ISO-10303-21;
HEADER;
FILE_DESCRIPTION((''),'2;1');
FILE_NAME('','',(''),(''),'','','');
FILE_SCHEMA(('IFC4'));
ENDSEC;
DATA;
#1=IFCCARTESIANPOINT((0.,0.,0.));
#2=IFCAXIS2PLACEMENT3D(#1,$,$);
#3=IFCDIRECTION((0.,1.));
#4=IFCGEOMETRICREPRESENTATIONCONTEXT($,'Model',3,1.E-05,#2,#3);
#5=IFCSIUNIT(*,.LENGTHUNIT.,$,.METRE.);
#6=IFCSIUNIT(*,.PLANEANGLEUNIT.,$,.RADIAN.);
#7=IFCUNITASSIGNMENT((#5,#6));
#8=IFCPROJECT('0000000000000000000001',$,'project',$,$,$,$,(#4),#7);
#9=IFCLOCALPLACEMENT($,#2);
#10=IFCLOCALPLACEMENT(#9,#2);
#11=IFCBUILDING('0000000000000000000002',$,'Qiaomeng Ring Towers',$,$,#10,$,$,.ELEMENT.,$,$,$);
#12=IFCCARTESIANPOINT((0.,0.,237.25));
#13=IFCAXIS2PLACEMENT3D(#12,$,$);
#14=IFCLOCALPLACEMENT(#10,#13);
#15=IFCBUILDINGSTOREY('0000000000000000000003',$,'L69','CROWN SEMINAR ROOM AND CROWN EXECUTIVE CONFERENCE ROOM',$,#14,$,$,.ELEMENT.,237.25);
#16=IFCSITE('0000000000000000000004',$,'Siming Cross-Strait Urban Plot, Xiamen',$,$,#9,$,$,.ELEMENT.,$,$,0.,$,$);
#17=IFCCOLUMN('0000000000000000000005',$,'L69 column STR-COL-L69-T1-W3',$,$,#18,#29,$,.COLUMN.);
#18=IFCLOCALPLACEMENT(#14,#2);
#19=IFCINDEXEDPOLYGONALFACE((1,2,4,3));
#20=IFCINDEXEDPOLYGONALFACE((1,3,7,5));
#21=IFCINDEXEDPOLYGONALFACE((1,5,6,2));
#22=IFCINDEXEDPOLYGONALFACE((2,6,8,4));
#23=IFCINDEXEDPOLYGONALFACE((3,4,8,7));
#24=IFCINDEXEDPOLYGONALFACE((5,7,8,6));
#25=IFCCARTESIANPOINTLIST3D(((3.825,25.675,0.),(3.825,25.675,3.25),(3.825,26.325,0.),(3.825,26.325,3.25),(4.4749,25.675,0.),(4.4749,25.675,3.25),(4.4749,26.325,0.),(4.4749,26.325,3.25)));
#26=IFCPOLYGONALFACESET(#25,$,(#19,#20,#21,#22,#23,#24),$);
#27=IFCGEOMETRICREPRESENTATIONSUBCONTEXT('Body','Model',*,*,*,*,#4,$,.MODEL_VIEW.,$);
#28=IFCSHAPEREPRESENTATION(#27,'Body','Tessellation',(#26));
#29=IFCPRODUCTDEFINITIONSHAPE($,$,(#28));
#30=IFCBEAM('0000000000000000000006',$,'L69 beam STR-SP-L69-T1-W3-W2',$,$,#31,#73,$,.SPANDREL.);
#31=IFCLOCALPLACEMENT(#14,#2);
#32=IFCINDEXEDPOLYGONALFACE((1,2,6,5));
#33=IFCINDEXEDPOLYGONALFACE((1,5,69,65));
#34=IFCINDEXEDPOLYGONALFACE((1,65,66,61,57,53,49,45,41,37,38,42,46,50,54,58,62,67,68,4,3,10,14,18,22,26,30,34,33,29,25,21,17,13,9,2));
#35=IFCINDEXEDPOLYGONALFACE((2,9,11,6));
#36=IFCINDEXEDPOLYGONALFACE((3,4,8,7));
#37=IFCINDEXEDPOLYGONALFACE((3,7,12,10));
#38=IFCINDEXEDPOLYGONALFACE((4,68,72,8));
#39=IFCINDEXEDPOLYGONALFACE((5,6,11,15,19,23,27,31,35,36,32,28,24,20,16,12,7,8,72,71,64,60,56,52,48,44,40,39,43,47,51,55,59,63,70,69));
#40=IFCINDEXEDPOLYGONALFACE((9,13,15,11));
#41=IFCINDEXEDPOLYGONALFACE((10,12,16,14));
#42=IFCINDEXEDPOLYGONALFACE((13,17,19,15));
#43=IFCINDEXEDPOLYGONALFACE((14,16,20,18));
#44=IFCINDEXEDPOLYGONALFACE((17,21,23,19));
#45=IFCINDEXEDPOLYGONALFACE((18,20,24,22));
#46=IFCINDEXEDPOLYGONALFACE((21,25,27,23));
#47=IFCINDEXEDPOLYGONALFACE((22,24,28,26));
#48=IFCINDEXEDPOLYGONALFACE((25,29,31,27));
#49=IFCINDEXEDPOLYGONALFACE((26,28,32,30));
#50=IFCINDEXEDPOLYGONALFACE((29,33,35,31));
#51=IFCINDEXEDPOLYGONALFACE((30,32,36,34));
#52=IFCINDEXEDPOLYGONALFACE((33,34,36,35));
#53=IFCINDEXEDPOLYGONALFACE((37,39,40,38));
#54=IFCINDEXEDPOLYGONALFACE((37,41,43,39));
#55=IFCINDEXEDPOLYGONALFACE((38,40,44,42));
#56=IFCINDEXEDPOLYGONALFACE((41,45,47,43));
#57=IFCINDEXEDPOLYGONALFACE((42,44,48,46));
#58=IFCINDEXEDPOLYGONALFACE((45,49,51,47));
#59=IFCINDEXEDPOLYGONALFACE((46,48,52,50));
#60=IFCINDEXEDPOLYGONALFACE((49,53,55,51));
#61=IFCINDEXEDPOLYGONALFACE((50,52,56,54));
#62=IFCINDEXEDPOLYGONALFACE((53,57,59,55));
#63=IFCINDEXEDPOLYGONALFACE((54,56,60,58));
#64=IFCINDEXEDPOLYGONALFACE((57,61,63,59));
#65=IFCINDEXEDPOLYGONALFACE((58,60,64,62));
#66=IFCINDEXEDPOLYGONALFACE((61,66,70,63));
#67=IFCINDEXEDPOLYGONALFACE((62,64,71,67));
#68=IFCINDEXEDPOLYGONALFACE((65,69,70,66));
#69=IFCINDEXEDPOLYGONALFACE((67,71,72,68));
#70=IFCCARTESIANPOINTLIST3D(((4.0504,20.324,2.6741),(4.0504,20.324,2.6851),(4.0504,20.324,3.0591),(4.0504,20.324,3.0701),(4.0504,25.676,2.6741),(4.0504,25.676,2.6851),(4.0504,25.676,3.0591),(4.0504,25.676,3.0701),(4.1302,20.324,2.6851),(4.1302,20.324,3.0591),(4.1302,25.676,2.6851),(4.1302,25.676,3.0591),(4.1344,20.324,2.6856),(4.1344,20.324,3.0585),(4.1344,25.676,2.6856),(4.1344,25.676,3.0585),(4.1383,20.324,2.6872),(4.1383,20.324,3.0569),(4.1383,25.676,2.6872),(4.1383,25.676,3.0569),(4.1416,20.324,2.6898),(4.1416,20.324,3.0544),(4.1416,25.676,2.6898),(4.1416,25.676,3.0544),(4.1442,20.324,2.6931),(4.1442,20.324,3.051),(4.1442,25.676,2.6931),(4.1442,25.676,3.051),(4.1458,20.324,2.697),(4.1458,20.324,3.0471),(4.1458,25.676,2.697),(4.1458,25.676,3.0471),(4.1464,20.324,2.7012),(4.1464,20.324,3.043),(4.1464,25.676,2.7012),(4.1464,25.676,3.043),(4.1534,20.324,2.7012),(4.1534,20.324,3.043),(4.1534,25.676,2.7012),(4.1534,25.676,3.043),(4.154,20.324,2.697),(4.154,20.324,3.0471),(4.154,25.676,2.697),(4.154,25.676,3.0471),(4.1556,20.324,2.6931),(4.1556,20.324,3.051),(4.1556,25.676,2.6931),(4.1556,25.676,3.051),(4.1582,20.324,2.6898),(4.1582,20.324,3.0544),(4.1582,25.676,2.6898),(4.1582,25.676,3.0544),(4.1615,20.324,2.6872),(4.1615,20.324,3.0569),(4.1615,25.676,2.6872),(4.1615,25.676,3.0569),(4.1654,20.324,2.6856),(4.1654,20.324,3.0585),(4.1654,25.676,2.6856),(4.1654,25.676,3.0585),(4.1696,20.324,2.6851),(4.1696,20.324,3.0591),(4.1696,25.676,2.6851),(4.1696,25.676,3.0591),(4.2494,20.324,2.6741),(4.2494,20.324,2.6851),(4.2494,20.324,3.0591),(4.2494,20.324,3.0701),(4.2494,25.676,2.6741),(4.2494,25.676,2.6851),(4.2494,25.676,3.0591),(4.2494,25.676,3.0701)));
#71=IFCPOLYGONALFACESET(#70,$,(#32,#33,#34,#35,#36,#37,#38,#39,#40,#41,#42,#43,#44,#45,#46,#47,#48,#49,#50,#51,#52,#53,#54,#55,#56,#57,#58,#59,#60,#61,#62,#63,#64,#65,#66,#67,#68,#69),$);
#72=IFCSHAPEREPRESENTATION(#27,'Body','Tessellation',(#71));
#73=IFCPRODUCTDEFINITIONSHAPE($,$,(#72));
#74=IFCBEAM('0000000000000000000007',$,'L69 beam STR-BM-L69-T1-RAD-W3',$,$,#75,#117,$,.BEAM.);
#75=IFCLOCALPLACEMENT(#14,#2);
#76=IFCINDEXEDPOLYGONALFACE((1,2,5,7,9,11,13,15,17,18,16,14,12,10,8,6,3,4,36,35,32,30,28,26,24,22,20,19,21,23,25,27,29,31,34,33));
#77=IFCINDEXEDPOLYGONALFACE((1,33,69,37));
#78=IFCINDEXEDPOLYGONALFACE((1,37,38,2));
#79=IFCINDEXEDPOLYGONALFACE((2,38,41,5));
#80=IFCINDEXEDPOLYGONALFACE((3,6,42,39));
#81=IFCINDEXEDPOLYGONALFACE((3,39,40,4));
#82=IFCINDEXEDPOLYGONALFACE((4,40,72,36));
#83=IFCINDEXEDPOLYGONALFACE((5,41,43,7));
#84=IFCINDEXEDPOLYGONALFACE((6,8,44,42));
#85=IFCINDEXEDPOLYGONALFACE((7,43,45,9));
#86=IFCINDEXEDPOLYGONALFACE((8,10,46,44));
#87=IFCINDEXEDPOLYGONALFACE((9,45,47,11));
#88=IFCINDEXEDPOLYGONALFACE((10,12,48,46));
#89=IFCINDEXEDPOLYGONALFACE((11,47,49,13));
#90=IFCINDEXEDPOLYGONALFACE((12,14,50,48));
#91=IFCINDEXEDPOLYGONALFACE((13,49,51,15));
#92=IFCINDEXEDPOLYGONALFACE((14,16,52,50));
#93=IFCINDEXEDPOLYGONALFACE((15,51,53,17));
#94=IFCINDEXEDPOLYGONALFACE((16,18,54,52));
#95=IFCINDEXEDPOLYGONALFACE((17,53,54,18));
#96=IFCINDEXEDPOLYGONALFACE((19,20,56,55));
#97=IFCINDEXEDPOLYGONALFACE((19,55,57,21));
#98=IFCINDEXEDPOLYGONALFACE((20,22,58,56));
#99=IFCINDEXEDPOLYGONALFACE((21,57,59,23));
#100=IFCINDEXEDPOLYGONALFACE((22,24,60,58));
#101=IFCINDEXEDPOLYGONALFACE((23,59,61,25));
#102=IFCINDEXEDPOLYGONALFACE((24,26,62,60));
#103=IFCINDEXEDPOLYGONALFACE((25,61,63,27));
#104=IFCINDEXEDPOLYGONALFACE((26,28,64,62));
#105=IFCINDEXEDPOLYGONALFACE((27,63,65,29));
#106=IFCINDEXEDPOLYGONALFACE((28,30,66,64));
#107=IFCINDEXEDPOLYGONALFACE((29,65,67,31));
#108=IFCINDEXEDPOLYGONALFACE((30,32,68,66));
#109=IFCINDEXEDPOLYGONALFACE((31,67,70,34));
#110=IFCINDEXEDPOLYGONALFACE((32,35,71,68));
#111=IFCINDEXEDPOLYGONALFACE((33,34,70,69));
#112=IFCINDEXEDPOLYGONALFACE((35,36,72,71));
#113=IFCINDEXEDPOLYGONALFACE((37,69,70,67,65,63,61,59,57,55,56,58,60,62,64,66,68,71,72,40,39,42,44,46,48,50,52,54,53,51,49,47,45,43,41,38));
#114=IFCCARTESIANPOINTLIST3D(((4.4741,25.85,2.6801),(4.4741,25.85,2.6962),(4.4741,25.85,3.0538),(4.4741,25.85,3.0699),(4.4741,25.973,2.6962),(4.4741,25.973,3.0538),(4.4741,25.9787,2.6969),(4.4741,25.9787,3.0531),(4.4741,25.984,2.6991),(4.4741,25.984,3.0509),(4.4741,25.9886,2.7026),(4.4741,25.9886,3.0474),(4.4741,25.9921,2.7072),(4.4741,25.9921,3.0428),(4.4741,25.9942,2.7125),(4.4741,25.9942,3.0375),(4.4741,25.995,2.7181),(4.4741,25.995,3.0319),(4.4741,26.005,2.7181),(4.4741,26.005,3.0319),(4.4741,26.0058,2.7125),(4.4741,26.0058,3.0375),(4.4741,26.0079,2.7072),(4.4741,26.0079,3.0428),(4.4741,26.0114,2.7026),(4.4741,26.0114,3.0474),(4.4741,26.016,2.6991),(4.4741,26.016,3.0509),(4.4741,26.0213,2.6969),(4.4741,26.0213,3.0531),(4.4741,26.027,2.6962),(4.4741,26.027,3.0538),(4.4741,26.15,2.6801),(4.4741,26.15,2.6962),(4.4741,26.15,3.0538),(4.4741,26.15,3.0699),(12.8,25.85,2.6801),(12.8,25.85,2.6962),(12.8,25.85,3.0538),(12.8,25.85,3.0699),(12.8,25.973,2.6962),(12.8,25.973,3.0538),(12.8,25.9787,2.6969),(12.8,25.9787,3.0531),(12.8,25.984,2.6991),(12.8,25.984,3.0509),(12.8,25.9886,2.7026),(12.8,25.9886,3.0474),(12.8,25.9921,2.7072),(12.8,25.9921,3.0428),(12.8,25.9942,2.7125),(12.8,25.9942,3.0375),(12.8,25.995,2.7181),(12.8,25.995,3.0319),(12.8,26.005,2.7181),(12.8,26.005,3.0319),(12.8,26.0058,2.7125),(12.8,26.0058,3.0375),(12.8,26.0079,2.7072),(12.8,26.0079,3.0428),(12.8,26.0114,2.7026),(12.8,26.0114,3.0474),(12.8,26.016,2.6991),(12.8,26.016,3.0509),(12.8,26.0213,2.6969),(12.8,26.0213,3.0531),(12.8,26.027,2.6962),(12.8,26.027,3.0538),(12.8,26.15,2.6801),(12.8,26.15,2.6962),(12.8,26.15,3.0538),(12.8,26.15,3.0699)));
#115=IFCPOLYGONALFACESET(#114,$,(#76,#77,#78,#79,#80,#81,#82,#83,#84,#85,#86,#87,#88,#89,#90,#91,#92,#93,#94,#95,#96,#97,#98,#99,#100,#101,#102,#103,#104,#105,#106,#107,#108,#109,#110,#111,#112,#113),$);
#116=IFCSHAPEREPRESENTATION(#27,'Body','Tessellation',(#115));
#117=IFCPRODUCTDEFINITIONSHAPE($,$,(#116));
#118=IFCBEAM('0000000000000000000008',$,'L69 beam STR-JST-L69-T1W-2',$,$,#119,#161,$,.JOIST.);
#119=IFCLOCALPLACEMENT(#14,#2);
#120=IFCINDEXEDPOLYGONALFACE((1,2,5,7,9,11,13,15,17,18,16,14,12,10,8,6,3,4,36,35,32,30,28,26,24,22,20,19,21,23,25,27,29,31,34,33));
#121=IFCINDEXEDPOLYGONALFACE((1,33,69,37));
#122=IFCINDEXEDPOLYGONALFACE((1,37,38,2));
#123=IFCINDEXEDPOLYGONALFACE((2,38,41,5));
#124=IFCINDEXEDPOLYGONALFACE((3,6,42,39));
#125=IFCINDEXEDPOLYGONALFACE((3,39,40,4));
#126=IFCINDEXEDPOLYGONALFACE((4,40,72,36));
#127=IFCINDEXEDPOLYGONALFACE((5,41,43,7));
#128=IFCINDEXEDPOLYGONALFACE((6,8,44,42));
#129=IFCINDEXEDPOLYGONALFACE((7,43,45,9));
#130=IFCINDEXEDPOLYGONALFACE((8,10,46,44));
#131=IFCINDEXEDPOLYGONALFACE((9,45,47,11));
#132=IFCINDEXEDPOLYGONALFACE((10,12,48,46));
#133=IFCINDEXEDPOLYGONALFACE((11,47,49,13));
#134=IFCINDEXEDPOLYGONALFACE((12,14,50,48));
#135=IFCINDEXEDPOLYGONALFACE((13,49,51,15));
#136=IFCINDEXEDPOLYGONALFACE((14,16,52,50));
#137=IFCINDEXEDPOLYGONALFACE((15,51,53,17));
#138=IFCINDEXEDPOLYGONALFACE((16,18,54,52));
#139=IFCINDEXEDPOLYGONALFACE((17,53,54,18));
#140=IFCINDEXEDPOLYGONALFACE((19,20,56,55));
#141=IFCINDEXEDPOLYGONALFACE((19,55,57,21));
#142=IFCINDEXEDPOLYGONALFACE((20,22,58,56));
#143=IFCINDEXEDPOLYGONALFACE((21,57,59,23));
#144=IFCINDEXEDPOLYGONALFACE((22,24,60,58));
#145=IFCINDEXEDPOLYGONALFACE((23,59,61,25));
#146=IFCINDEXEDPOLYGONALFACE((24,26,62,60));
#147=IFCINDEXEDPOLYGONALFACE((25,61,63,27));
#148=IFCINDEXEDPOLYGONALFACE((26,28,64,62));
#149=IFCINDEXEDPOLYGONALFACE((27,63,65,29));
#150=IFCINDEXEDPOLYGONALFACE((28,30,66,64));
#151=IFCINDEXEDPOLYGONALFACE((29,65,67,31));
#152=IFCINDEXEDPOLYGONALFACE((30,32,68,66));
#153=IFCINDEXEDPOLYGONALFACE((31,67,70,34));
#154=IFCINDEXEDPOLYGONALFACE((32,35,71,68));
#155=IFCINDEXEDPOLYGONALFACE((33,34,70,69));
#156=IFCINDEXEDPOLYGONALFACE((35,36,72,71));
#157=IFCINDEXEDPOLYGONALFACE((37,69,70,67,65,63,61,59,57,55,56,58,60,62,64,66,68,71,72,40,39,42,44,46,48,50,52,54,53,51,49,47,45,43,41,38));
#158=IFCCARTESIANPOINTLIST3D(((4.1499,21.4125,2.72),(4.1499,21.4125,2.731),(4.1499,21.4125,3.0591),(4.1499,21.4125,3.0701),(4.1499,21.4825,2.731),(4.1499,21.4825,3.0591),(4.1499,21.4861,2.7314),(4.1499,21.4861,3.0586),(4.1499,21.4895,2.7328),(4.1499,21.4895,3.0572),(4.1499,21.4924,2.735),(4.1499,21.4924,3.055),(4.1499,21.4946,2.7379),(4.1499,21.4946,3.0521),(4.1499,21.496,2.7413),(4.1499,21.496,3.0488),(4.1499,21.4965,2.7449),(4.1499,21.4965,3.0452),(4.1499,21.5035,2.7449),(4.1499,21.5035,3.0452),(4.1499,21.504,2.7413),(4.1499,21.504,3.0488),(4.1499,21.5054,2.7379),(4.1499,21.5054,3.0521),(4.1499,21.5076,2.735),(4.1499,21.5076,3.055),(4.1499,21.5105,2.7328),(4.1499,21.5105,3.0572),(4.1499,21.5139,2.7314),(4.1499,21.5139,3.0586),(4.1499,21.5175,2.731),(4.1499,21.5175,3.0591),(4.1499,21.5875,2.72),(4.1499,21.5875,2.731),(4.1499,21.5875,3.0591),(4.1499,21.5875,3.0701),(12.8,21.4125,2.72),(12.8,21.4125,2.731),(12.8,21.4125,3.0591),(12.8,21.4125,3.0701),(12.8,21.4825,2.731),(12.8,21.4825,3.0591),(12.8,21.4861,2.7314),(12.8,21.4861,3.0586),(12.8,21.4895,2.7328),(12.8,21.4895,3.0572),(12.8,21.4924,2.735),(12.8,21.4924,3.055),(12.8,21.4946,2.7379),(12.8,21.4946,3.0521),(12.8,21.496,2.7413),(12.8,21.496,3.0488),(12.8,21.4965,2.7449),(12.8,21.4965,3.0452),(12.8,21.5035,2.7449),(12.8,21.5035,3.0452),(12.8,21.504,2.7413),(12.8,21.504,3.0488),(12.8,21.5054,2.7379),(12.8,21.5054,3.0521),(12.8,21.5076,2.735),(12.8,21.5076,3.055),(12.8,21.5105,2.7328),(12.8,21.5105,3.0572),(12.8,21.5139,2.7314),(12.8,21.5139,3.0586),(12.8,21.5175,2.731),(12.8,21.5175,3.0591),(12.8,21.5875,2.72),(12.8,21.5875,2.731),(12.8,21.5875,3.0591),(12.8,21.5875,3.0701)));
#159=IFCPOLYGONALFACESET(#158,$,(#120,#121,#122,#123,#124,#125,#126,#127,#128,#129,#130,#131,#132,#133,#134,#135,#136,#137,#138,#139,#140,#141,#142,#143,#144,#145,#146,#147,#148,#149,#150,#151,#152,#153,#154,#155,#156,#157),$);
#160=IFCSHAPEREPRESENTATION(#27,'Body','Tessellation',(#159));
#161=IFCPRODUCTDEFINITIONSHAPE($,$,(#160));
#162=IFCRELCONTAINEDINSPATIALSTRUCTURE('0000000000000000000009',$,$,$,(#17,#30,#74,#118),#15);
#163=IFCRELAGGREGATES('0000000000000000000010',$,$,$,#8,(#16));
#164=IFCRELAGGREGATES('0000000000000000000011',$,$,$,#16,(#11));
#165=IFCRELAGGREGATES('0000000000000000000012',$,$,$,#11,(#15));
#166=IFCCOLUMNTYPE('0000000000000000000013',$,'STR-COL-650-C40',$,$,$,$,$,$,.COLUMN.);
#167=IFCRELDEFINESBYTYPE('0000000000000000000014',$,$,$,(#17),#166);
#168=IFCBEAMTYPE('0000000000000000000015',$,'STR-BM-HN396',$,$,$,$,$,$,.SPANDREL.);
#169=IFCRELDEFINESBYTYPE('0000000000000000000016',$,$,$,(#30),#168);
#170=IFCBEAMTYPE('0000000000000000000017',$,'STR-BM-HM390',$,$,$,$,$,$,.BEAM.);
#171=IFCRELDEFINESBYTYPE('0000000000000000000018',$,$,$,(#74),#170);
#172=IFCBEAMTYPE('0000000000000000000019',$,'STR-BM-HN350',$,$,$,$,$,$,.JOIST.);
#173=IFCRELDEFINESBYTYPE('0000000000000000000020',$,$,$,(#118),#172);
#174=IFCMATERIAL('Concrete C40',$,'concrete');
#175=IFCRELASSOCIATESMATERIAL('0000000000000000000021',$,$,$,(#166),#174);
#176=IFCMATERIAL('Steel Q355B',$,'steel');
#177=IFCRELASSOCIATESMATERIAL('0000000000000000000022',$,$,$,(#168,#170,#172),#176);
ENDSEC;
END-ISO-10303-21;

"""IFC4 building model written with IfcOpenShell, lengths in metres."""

from ifc_helpers import new_model, si_unit, direction, frame, origin, origin_2d, place, context, subcontext, project, spatial, rectangle, i_section, extrude, source, transform, mapped, material, material_profile, profile_set, type_object, element, save


model = new_model("IFC4")

# Units and contexts
model_context = context("Model", 3, precision=1e-05, world=origin(), true_north=direction((0.0, 1.0)))
body_context = subcontext(model_context, "Body", "Model", "MODEL_VIEW")
ifc_project = project(units=[si_unit("LENGTHUNIT", "METRE"), si_unit("PLANEANGLEUNIT", "RADIAN")], contexts=[model_context])

# Site, building, storey
site_placement = place(None, origin())
site = spatial("IfcSite", under=ifc_project, at=site_placement, Name="Siming Cross-Strait Urban Plot, Xiamen", CompositionType="ELEMENT", RefElevation=0.0)
building_placement = place(site_placement, origin())
building = spatial("IfcBuilding", under=site, at=building_placement, Name="Qiaomeng Ring Towers", CompositionType="ELEMENT")
storey_placement = place(building_placement, frame((0.0, 0.0, 237.25)))
storey = spatial("IfcBuildingStorey", under=building, at=storey_placement, Name="L69", Description="CROWN SEMINAR ROOM AND CROWN EXECUTIVE CONFERENCE ROOM", CompositionType="ELEMENT", Elevation=237.25)

# Column
ifc_material_1 = material(Name="Concrete C40", Category="concrete")
ifc_material_profile_1 = material_profile(ifc_material_1, rectangle(XDim=0.6499, YDim=0.6499, at=origin_2d()), Name="RC COL 650x650")
ifc_profile_set_1 = profile_set([ifc_material_profile_1], Name="Concrete C40")
column_type = type_object("IfcColumnType", Name="STR-COL-650-C40", PredefinedType="COLUMN", material=ifc_profile_set_1)
shared_shape_1 = source(origin(), body_context, "Body", "SweptSolid", [
    extrude(rectangle(XDim=0.6499, YDim=0.6499, at=origin_2d()), origin(), (0.0, 0.0, 1.0), 3.25),
])
column_placement = place(storey_placement, frame((4.1499, 26.0, 0.0), z_axis=(0.0, 0.0, 1.0), x_axis=(1.0, 0.0, 0.0)))
element("IfcColumn", 1, at=column_placement, inside=storey, type_object=column_type, Name="L69 column STR-COL-L69-T1-W3", PredefinedType="COLUMN", context=body_context, shape_type="MappedRepresentation", body=[
    mapped(shared_shape_1, transform((0.0, 0.0, 0.0), x_axis=(1.0, 0.0, 0.0), y_axis=(0.0, 1.0, 0.0), z_axis=(0.0, 0.0, 1.0), scale=1.0)),
])

# Beams
ifc_material_2 = material(Name="Steel Q355B", Category="steel")
ifc_material_profile_2 = material_profile(ifc_material_2, i_section(OverallWidth=0.199, OverallDepth=0.396, WebThickness=0.0071, FlangeThickness=0.011, FilletRadius=0.0161, at=origin_2d()), Name="HN 396x199x7x11")
ifc_profile_set_2 = profile_set([ifc_material_profile_2], Name="Steel Q355B")
beam_type_1 = type_object("IfcBeamType", Name="STR-BM-HN396", PredefinedType="SPANDREL", material=ifc_profile_set_2)
shared_shape_2 = source(origin(), body_context, "Body", "SweptSolid", [
    extrude(i_section(OverallWidth=0.199, OverallDepth=0.396, WebThickness=0.0071, FlangeThickness=0.011, FilletRadius=0.0161, at=origin_2d()), origin(), (0.0, 0.0, 1.0), 5.3521),
])
beam_1_placement = place(storey_placement, frame((4.1499, 25.676, 2.8721), z_axis=(0.0, -1.0, 0.0), x_axis=(1.0, 0.0, 0.0)))
element("IfcBeam", 2, at=beam_1_placement, inside=storey, type_object=beam_type_1, Name="L69 beam STR-SP-L69-T1-W3-W2", PredefinedType="SPANDREL", context=body_context, shape_type="MappedRepresentation", body=[
    mapped(shared_shape_2, transform((0.0, 0.0, 0.0), x_axis=(1.0, 0.0, 0.0), y_axis=(0.0, 1.0, 0.0), z_axis=(0.0, 0.0, 1.0), scale=1.0)),
])
ifc_material_profile_3 = material_profile(ifc_material_2, i_section(OverallWidth=0.3, OverallDepth=0.3899, WebThickness=0.01, FlangeThickness=0.0161, FilletRadius=0.022, at=origin_2d()), Name="HM 390x300x10x16")
ifc_profile_set_3 = profile_set([ifc_material_profile_3], Name="Steel Q355B")
beam_type_2 = type_object("IfcBeamType", Name="STR-BM-HM390", PredefinedType="BEAM", material=ifc_profile_set_3)
shared_shape_3 = source(origin(), body_context, "Body", "SweptSolid", [
    extrude(i_section(OverallWidth=0.3, OverallDepth=0.3899, WebThickness=0.01, FlangeThickness=0.0161, FilletRadius=0.022, at=origin_2d()), origin(), (0.0, 0.0, 1.0), 8.3259),
])
beam_2_placement = place(storey_placement, frame((4.4741, 26.0, 2.875), z_axis=(1.0, 0.0, 0.0), x_axis=(0.0, 1.0, 0.0)))
element("IfcBeam", 3, at=beam_2_placement, inside=storey, type_object=beam_type_2, Name="L69 beam STR-BM-L69-T1-RAD-W3", PredefinedType="BEAM", context=body_context, shape_type="MappedRepresentation", body=[
    mapped(shared_shape_3, transform((0.0, 0.0, 0.0), x_axis=(1.0, 0.0, 0.0), y_axis=(0.0, 1.0, 0.0), z_axis=(0.0, 0.0, 1.0), scale=1.0)),
])
ifc_material_profile_4 = material_profile(ifc_material_2, i_section(OverallWidth=0.175, OverallDepth=0.3501, WebThickness=0.0071, FlangeThickness=0.011, FilletRadius=0.0139, at=origin_2d()), Name="HN 350x175x7x11")
ifc_profile_set_4 = profile_set([ifc_material_profile_4], Name="Steel Q355B")
beam_type_3 = type_object("IfcBeamType", Name="STR-BM-HN350", PredefinedType="JOIST", material=ifc_profile_set_4)
shared_shape_4 = source(origin(), body_context, "Body", "SweptSolid", [
    extrude(i_section(OverallWidth=0.175, OverallDepth=0.3501, WebThickness=0.0071, FlangeThickness=0.011, FilletRadius=0.0139, at=origin_2d()), origin(), (0.0, 0.0, 1.0), 8.6501),
])
for number, where, z_axis, x_axis, name in (
    (4, (4.1499, 21.5, 2.895), (1.0, 0.0, 0.0), (0.0, 1.0, 0.0), "L69 beam STR-JST-L69-T1W-2"),
):
    element("IfcBeam", number, at=place(storey_placement, frame(where, z_axis=z_axis, x_axis=x_axis)), inside=storey, type_object=beam_type_3, Name=name, PredefinedType="JOIST", context=body_context, shape_type="MappedRepresentation", body=[
        mapped(shared_shape_4, transform((0.0, 0.0, 0.0), x_axis=(1.0, 0.0, 0.0), y_axis=(0.0, 1.0, 0.0), z_axis=(0.0, 0.0, 1.0), scale=1.0)),
    ])

save(model, "model.ifc")
